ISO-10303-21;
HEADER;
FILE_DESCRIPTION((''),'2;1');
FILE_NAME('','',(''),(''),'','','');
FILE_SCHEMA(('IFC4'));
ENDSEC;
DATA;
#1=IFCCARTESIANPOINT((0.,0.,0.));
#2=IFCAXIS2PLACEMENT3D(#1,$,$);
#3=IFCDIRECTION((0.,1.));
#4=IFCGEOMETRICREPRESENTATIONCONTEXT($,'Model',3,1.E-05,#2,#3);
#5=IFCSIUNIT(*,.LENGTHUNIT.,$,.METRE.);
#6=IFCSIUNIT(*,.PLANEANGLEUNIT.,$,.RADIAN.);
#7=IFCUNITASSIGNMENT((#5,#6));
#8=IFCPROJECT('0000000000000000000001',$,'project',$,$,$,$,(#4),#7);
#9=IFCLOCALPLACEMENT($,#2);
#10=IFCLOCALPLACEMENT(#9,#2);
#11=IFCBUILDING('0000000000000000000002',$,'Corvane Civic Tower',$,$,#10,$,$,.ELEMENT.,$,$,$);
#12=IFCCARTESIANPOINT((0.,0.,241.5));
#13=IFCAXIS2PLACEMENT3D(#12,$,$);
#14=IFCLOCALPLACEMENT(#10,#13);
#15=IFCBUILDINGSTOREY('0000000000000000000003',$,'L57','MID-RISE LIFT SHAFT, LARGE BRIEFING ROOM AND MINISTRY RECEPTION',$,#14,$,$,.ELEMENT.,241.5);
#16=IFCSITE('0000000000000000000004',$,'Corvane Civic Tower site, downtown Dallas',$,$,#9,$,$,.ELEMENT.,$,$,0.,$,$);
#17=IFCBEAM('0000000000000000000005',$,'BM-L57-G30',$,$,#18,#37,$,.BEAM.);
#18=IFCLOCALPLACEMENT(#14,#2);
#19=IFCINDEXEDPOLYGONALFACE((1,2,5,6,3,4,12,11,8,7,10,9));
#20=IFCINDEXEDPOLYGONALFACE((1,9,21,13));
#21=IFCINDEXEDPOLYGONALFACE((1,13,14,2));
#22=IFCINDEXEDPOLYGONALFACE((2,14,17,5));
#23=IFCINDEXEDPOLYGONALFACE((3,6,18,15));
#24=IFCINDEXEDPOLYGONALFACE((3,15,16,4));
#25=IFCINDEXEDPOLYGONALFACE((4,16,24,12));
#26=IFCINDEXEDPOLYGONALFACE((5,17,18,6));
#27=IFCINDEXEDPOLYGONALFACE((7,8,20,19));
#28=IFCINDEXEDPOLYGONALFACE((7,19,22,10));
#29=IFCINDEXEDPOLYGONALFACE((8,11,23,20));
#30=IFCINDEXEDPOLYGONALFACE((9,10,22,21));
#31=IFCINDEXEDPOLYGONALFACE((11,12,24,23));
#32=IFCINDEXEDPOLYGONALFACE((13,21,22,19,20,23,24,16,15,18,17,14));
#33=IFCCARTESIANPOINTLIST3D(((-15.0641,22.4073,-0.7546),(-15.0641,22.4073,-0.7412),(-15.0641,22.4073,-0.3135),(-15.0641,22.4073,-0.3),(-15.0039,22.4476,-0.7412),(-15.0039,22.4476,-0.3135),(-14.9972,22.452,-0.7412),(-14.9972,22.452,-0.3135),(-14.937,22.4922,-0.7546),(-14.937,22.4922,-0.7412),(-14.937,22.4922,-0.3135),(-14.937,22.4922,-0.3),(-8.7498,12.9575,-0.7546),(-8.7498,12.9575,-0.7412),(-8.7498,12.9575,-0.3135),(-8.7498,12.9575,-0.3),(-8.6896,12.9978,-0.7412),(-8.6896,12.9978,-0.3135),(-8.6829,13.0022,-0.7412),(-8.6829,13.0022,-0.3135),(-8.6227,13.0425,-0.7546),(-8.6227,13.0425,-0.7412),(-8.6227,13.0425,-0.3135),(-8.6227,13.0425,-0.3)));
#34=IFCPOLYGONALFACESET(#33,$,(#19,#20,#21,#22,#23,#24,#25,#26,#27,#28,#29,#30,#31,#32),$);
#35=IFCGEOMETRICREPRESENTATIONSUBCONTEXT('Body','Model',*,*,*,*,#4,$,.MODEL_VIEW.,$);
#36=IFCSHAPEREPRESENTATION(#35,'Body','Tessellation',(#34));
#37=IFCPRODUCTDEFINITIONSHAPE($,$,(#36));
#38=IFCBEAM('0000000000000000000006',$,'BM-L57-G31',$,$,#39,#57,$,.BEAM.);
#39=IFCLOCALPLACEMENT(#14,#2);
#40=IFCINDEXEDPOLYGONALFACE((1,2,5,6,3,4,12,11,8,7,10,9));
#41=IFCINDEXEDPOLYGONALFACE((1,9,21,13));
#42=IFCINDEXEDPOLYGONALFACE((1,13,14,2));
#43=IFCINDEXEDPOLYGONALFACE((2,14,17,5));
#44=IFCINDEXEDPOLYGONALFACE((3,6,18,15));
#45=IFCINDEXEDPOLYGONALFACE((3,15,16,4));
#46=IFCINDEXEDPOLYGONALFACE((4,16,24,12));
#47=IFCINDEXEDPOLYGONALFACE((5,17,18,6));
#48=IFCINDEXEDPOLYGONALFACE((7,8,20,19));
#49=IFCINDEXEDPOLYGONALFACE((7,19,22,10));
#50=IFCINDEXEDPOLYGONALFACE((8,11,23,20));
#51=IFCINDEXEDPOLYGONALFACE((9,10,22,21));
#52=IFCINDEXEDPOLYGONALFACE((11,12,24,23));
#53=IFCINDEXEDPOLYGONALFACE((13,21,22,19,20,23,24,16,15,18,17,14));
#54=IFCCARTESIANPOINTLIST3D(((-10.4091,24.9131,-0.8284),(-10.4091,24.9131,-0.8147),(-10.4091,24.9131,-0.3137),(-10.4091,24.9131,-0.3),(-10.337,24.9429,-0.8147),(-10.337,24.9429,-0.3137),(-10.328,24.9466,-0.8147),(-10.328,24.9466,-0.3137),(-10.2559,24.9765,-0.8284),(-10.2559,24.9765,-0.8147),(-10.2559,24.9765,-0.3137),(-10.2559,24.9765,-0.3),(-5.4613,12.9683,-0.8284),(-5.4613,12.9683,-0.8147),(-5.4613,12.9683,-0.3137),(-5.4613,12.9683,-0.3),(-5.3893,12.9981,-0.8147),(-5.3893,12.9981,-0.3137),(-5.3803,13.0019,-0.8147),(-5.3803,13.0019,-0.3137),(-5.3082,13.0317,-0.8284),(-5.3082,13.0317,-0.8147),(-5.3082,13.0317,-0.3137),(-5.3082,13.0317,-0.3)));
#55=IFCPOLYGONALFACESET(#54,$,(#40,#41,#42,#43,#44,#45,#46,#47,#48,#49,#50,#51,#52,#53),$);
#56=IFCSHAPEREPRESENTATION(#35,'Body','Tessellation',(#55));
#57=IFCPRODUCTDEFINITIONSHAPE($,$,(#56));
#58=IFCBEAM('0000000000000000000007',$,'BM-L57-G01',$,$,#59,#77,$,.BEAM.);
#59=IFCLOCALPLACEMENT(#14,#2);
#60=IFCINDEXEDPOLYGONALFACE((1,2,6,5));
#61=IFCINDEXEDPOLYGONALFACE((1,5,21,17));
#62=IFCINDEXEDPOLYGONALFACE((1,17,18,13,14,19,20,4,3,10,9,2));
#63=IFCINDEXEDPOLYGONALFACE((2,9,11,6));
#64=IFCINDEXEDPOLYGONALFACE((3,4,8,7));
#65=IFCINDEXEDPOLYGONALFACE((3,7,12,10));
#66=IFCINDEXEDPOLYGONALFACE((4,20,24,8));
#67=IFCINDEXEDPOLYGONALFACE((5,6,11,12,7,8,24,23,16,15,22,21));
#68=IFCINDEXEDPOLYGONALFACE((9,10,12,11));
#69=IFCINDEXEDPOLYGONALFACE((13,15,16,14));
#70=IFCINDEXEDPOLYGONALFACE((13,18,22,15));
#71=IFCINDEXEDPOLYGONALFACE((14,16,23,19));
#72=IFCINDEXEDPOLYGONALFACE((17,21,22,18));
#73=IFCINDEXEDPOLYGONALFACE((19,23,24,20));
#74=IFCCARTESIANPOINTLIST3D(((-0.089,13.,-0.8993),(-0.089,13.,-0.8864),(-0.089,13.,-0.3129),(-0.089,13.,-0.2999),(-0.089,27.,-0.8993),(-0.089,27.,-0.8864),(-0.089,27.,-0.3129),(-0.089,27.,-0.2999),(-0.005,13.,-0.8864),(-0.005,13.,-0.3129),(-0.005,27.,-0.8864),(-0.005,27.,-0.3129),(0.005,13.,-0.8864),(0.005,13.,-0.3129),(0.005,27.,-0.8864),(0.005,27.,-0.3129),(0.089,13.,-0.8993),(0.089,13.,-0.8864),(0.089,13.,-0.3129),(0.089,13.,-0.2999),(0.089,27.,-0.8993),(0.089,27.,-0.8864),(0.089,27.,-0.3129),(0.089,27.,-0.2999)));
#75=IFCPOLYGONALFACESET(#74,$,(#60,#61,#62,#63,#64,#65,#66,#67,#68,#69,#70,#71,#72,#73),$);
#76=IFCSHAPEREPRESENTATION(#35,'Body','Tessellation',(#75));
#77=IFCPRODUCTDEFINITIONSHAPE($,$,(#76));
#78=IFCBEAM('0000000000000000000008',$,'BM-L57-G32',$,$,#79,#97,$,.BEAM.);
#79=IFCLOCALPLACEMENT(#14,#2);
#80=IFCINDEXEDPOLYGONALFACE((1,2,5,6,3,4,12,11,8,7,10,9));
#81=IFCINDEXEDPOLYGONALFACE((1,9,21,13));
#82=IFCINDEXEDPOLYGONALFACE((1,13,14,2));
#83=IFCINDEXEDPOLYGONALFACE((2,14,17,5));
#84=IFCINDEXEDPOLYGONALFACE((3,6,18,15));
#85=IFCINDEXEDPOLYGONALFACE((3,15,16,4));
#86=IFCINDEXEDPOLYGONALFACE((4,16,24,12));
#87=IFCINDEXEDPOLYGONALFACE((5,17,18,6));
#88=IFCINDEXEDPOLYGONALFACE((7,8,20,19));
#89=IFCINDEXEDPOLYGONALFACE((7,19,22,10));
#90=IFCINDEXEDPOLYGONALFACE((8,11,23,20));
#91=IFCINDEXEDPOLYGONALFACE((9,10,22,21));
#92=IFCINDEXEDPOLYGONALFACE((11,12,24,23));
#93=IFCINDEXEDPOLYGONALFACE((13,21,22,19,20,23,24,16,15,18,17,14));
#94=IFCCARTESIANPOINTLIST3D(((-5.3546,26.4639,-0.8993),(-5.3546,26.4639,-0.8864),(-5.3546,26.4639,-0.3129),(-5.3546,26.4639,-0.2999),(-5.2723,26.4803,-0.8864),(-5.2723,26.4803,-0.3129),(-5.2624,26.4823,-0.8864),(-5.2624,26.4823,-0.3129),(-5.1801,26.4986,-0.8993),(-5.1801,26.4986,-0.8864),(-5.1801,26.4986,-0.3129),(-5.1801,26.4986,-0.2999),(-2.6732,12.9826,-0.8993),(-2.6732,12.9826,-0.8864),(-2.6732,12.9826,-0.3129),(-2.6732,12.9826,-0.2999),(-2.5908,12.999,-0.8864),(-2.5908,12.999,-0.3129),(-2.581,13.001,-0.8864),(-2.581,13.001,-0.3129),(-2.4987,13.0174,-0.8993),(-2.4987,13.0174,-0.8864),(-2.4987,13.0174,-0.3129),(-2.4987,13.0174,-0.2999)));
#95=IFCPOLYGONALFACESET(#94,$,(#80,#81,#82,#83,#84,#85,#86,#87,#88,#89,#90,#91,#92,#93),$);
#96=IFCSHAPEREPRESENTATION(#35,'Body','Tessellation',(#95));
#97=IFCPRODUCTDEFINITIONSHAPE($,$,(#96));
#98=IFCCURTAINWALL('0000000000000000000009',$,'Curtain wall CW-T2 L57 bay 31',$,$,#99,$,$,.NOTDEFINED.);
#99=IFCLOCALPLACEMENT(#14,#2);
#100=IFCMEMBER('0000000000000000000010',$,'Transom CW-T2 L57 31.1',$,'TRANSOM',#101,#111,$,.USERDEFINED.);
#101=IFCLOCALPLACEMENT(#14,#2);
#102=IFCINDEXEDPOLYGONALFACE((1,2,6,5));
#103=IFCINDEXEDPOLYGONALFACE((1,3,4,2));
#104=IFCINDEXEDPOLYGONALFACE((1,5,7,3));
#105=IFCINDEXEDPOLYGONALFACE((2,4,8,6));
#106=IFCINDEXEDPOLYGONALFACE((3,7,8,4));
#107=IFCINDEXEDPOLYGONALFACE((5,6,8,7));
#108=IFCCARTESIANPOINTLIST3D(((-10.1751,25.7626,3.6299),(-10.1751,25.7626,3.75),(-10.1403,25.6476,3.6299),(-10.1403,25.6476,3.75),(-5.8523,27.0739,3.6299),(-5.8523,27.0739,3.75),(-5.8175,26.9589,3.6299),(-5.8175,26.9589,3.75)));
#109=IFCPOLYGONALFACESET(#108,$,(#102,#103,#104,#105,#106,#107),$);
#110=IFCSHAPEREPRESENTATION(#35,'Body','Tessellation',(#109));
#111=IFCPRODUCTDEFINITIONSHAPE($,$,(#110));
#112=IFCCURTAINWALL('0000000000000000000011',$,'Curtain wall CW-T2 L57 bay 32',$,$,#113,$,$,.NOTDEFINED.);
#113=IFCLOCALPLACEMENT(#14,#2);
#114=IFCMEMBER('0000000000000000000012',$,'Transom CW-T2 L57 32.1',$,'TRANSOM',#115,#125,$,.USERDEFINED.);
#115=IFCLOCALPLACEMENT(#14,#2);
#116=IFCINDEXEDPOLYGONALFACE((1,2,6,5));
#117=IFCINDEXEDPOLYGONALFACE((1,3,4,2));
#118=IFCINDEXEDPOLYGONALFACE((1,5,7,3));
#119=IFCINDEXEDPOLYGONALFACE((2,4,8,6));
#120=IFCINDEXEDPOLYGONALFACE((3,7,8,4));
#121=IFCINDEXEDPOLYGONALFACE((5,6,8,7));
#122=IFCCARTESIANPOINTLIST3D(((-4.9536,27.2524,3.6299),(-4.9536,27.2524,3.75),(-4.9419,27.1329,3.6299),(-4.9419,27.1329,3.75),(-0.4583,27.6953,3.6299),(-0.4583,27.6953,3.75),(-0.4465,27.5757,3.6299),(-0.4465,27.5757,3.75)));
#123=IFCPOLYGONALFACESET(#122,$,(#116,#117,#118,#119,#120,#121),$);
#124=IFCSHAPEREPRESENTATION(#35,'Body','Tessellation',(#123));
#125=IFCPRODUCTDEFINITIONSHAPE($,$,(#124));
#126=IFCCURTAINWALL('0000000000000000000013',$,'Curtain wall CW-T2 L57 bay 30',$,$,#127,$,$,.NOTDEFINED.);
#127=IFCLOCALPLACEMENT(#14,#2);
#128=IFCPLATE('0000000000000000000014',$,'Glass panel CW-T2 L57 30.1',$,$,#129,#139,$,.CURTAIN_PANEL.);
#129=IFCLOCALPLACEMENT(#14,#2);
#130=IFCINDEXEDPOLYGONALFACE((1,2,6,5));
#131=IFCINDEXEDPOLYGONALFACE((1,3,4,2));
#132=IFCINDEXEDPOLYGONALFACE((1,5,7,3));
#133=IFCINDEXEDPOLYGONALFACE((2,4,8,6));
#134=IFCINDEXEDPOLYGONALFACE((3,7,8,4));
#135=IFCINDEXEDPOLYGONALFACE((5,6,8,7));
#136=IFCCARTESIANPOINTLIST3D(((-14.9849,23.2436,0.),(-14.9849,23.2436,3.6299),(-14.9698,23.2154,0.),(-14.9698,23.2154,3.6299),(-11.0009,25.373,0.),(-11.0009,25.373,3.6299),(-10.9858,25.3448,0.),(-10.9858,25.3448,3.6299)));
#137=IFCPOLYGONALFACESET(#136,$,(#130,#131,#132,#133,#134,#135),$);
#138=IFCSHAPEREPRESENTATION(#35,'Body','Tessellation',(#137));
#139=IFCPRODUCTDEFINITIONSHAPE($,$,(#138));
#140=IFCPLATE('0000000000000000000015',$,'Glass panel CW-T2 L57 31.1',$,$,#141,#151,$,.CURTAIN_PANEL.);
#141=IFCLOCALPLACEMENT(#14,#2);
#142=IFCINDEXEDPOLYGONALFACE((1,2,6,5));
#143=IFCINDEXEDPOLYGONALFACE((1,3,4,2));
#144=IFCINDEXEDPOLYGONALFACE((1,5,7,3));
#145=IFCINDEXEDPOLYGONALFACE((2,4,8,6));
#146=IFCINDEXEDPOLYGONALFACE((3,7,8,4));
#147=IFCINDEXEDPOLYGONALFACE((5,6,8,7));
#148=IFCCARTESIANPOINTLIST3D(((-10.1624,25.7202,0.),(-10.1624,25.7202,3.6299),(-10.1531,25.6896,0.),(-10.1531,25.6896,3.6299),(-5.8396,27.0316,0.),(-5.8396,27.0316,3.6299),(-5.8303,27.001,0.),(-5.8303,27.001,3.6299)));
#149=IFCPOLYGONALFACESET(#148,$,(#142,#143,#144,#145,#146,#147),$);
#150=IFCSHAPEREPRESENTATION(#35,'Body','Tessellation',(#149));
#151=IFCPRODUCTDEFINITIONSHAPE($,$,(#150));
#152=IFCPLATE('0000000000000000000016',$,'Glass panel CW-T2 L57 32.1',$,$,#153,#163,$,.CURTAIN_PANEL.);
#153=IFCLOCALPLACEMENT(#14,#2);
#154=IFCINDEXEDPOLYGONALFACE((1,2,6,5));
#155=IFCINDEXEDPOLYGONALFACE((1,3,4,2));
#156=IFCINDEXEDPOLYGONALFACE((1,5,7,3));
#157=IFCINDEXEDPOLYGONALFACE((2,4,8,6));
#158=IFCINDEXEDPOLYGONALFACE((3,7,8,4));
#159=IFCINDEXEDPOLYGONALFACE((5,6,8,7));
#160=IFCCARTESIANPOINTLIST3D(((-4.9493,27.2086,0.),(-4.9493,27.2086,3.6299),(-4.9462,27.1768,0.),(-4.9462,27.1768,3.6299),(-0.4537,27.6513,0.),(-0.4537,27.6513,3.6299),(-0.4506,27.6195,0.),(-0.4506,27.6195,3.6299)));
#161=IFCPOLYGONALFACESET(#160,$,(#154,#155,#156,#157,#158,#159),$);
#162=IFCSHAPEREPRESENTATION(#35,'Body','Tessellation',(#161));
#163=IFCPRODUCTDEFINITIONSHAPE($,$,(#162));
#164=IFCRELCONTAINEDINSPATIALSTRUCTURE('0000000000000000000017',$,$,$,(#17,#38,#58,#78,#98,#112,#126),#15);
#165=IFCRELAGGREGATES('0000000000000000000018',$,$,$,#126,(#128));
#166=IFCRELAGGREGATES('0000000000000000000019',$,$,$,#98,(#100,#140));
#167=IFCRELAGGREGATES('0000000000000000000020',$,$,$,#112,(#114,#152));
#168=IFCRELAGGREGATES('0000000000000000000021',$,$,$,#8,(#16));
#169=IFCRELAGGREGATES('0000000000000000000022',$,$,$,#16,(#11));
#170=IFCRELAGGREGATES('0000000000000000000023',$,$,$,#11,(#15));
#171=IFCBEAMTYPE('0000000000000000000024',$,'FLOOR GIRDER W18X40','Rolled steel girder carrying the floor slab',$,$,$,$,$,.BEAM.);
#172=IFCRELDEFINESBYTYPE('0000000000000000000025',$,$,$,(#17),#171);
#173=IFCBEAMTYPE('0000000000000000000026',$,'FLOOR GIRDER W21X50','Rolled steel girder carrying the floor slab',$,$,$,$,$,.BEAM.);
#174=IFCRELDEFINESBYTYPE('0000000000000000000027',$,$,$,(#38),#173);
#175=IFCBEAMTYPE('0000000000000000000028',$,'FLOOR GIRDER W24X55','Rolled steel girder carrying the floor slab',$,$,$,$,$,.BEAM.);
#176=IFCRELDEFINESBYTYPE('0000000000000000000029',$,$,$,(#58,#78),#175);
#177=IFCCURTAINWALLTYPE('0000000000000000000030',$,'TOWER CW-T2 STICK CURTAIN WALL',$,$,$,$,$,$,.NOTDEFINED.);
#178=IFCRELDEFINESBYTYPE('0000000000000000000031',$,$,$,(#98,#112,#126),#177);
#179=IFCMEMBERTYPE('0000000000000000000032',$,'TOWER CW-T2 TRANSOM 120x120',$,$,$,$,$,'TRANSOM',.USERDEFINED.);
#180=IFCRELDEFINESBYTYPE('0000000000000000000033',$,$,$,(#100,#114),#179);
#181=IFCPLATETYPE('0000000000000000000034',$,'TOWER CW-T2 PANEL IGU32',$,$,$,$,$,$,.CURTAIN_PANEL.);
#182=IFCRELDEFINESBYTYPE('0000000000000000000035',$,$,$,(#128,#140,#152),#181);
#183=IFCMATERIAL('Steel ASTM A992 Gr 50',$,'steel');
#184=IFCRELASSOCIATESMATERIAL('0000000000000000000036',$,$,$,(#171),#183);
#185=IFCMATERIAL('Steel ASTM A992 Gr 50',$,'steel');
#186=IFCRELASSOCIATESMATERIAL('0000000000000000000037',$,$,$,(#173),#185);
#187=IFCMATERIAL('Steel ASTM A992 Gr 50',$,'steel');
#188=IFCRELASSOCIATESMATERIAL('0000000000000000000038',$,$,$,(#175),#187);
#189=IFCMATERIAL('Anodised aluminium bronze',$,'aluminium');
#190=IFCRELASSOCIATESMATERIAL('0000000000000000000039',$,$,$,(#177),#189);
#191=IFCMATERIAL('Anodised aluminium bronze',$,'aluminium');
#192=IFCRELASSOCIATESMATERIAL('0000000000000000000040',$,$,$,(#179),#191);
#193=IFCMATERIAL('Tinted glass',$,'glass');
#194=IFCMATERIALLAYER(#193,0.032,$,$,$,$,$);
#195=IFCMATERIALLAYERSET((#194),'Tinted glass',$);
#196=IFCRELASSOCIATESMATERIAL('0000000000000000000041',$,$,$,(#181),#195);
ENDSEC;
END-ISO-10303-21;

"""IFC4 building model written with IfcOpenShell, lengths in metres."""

from ifc_helpers import new_model, si_unit, direction, frame, origin, origin_2d, place, context, subcontext, project, spatial, rectangle, i_section, extrude, material, layer, layer_set, material_profile, profile_set, type_object, element, aggregate, save


model = new_model("IFC4")

# Units and contexts
model_context = context("Model", 3, precision=1e-05, world=origin(), true_north=direction((0.0, 1.0)))
body_context = subcontext(model_context, "Body", "Model", "MODEL_VIEW")
ifc_project = project(units=[si_unit("LENGTHUNIT", "METRE"), si_unit("PLANEANGLEUNIT", "RADIAN")], contexts=[model_context])

# Site, building, storey
site_placement = place(None, origin())
site = spatial("IfcSite", under=ifc_project, at=site_placement, Name="Corvane Civic Tower site, downtown Dallas", CompositionType="ELEMENT", RefElevation=0.0)
building_placement = place(site_placement, origin())
building = spatial("IfcBuilding", under=site, at=building_placement, Name="Corvane Civic Tower", CompositionType="ELEMENT")
storey_placement = place(building_placement, frame((0.0, 0.0, 241.5)))
storey = spatial("IfcBuildingStorey", under=building, at=storey_placement, Name="L57", Description="MID-RISE LIFT SHAFT, LARGE BRIEFING ROOM AND MINISTRY RECEPTION", CompositionType="ELEMENT", Elevation=241.5)

# Beams
ifc_material_1 = material(Name="Steel ASTM A992 Gr 50", Category="steel")
ifc_material_profile_1 = material_profile(ifc_material_1, i_section(OverallWidth=0.1528, OverallDepth=0.4546, WebThickness=0.0081, FlangeThickness=0.0134, at=origin_2d()), Name="W18X40")
ifc_profile_set_1 = profile_set([ifc_material_profile_1], Name="Steel ASTM A992 Gr 50")
beam_type_1 = type_object("IfcBeamType", Name="FLOOR GIRDER W18X40", Description="Rolled steel girder carrying the floor slab", PredefinedType="BEAM", material=ifc_profile_set_1)
beam_1_placement = place(storey_placement, frame((-8.6863, 13.0, -0.5273), z_axis=(-0.555577, 0.831465, 0.0), x_axis=(-0.831465, -0.555577, 0.0)))
element("IfcBeam", 1, at=beam_1_placement, inside=storey, type_object=beam_type_1, Name="BM-L57-G30", PredefinedType="BEAM", context=body_context, shape_type="SweptSolid", body=[
    extrude(i_section(OverallWidth=0.1528, OverallDepth=0.4546, WebThickness=0.0081, FlangeThickness=0.0134, at=origin_2d()), origin(), (0.0, 0.0, 1.0), 11.3652),
])
ifc_material_2 = material(Name="Steel ASTM A992 Gr 50", Category="steel")
ifc_material_profile_2 = material_profile(ifc_material_2, i_section(OverallWidth=0.1658, OverallDepth=0.5283, WebThickness=0.0098, FlangeThickness=0.0137, at=origin_2d()), Name="W21X50")
ifc_profile_set_2 = profile_set([ifc_material_profile_2], Name="Steel ASTM A992 Gr 50")
beam_type_2 = type_object("IfcBeamType", Name="FLOOR GIRDER W21X50", Description="Rolled steel girder carrying the floor slab", PredefinedType="BEAM", material=ifc_profile_set_2)
beam_2_placement = place(storey_placement, frame((-5.3848, 13.0, -0.5642), z_axis=(-0.382686, 0.923878, 0.0), x_axis=(-0.923878, -0.382686, 0.0)))
element("IfcBeam", 2, at=beam_2_placement, inside=storey, type_object=beam_type_2, Name="BM-L57-G31", PredefinedType="BEAM", context=body_context, shape_type="SweptSolid", body=[
    extrude(i_section(OverallWidth=0.1658, OverallDepth=0.5283, WebThickness=0.0098, FlangeThickness=0.0137, at=origin_2d()), origin(), (0.0, 0.0, 1.0), 12.929),
])
ifc_material_3 = material(Name="Steel ASTM A992 Gr 50", Category="steel")
ifc_material_profile_3 = material_profile(ifc_material_3, i_section(OverallWidth=0.178, OverallDepth=0.5994, WebThickness=0.01, FlangeThickness=0.0129, at=origin_2d()), Name="W24X55")
ifc_profile_set_3 = profile_set([ifc_material_profile_3], Name="Steel ASTM A992 Gr 50")
beam_type_3 = type_object("IfcBeamType", Name="FLOOR GIRDER W24X55", Description="Rolled steel girder carrying the floor slab", PredefinedType="BEAM", material=ifc_profile_set_3)
beam_3_placement = place(storey_placement, frame((0.0, 13.0, -0.5996), z_axis=(0.0, 1.0, 0.0), x_axis=(-1.0, 0.0, 0.0)))
element("IfcBeam", 3, at=beam_3_placement, inside=storey, type_object=beam_type_3, Name="BM-L57-G01", PredefinedType="BEAM", context=body_context, shape_type="SweptSolid", body=[
    extrude(i_section(OverallWidth=0.178, OverallDepth=0.5994, WebThickness=0.01, FlangeThickness=0.0129, at=origin_2d()), origin(), (0.0, 0.0, 1.0), 14.0),
])
beam_4_placement = place(storey_placement, frame((-2.5859, 13.0, -0.5996), z_axis=(-0.195078, 0.980788, 0.0), x_axis=(-0.980788, -0.195078, 0.0)))
element("IfcBeam", 4, at=beam_4_placement, inside=storey, type_object=beam_type_3, Name="BM-L57-G32", PredefinedType="BEAM", context=body_context, shape_type="SweptSolid", body=[
    extrude(i_section(OverallWidth=0.178, OverallDepth=0.5994, WebThickness=0.01, FlangeThickness=0.0129, at=origin_2d()), origin(), (0.0, 0.0, 1.0), 13.7454),
])

# Curtain walls, members
ifc_material_4 = material(Name="Anodised aluminium bronze", Category="aluminium")
curtain_wall_type = type_object("IfcCurtainWallType", Name="TOWER CW-T2 STICK CURTAIN WALL", PredefinedType="NOTDEFINED", material=ifc_material_4)
curtain_wall_1_placement = place(storey_placement, origin())
curtain_wall_1 = element("IfcCurtainWall", 5, at=curtain_wall_1_placement, inside=storey, type_object=curtain_wall_type, Name="Curtain wall CW-T2 L57 bay 31", PredefinedType="NOTDEFINED")
ifc_material_5 = material(Name="Anodised aluminium bronze", Category="aluminium")
ifc_material_profile_4 = material_profile(ifc_material_5, rectangle(XDim=0.1201, YDim=0.1201, at=origin_2d()), Name="TOWER CW-T2 TRANSOM 120x120")
ifc_profile_set_4 = profile_set([ifc_material_profile_4], Name="Anodised aluminium bronze")
member_type = type_object("IfcMemberType", Name="TOWER CW-T2 TRANSOM 120x120", ElementType="TRANSOM", PredefinedType="USERDEFINED", material=ifc_profile_set_4)
member_1_placement = place(storey_placement, frame((-10.1577, 25.7051, 3.6899), z_axis=(0.956941, 0.290282, 0.0), x_axis=(-0.290282, 0.956941, 0.0)))
member_1 = element("IfcMember", 6, at=member_1_placement, type_object=member_type, Name="Transom CW-T2 L57 31.1", ObjectType="TRANSOM", PredefinedType="USERDEFINED", context=body_context, shape_type="SweptSolid", body=[
    extrude(rectangle(XDim=0.1201, YDim=0.1201, at=origin_2d()), origin(), (0.0, 0.0, 1.0), 4.5173),
])
curtain_wall_2_placement = place(storey_placement, origin())
curtain_wall_2 = element("IfcCurtainWall", 7, at=curtain_wall_2_placement, inside=storey, type_object=curtain_wall_type, Name="Curtain wall CW-T2 L57 bay 32", PredefinedType="NOTDEFINED")
member_2_placement = place(storey_placement, frame((-4.9478, 27.1926, 3.6899), z_axis=(0.995182, 0.098043, 0.0), x_axis=(-0.098043, 0.995182, 0.0)))
member_2 = element("IfcMember", 8, at=member_2_placement, type_object=member_type, Name="Transom CW-T2 L57 32.1", ObjectType="TRANSOM", PredefinedType="USERDEFINED", context=body_context, shape_type="SweptSolid", body=[
    extrude(rectangle(XDim=0.1201, YDim=0.1201, at=origin_2d()), origin(), (0.0, 0.0, 1.0), 4.5171),
])

# Curtain wall, plate
curtain_wall_3_placement = place(storey_placement, origin())
curtain_wall_3 = element("IfcCurtainWall", 9, at=curtain_wall_3_placement, inside=storey, type_object=curtain_wall_type, Name="Curtain wall CW-T2 L57 bay 30", PredefinedType="NOTDEFINED")
ifc_material_6 = material(Name="Tinted glass", Category="glass")
ifc_layer_1 = layer(ifc_material_6, 0.032)
ifc_layer_set_1 = layer_set([ifc_layer_1], Name="Tinted glass")
plate_type = type_object("IfcPlateType", Name="TOWER CW-T2 PANEL IGU32", PredefinedType="CURTAIN_PANEL", material=ifc_layer_set_1)
plate_1_placement = place(storey_placement, frame((-12.9854, 24.2942, 0.0), z_axis=(0.0, 0.0, 1.0), x_axis=(0.88192, 0.471398, 0.0)))
plate_1 = element("IfcPlate", 10, at=plate_1_placement, type_object=plate_type, Name="Glass panel CW-T2 L57 30.1", PredefinedType="CURTAIN_PANEL", context=body_context, shape_type="SweptSolid", body=[
    extrude(rectangle(XDim=4.5173, YDim=0.032, at=origin_2d()), origin(), (0.0, 0.0, 1.0), 3.6299),
])
aggregate(curtain_wall_3, [plate_1])

# Plates
plate_2_placement = place(storey_placement, frame((-7.9963, 26.3606, 0.0), z_axis=(0.0, 0.0, 1.0), x_axis=(0.956939, 0.29029, 0.0)))
plate_2 = element("IfcPlate", 11, at=plate_2_placement, type_object=plate_type, Name="Glass panel CW-T2 L57 31.1", PredefinedType="CURTAIN_PANEL", context=body_context, shape_type="SweptSolid", body=[
    extrude(rectangle(XDim=4.5173, YDim=0.032, at=origin_2d()), origin(), (0.0, 0.0, 1.0), 3.6299),
])
aggregate(curtain_wall_1, [member_1, plate_2])
plate_3_placement = place(storey_placement, frame((-2.7, 27.4141, 0.0), z_axis=(0.0, 0.0, 1.0), x_axis=(0.995187, 0.097993, 0.0)))
plate_3 = element("IfcPlate", 12, at=plate_3_placement, type_object=plate_type, Name="Glass panel CW-T2 L57 32.1", PredefinedType="CURTAIN_PANEL", context=body_context, shape_type="SweptSolid", body=[
    extrude(rectangle(XDim=4.5173, YDim=0.032, at=origin_2d()), origin(), (0.0, 0.0, 1.0), 3.6299),
])
aggregate(curtain_wall_2, [member_2, plate_3])

save(model, "model.ifc")
